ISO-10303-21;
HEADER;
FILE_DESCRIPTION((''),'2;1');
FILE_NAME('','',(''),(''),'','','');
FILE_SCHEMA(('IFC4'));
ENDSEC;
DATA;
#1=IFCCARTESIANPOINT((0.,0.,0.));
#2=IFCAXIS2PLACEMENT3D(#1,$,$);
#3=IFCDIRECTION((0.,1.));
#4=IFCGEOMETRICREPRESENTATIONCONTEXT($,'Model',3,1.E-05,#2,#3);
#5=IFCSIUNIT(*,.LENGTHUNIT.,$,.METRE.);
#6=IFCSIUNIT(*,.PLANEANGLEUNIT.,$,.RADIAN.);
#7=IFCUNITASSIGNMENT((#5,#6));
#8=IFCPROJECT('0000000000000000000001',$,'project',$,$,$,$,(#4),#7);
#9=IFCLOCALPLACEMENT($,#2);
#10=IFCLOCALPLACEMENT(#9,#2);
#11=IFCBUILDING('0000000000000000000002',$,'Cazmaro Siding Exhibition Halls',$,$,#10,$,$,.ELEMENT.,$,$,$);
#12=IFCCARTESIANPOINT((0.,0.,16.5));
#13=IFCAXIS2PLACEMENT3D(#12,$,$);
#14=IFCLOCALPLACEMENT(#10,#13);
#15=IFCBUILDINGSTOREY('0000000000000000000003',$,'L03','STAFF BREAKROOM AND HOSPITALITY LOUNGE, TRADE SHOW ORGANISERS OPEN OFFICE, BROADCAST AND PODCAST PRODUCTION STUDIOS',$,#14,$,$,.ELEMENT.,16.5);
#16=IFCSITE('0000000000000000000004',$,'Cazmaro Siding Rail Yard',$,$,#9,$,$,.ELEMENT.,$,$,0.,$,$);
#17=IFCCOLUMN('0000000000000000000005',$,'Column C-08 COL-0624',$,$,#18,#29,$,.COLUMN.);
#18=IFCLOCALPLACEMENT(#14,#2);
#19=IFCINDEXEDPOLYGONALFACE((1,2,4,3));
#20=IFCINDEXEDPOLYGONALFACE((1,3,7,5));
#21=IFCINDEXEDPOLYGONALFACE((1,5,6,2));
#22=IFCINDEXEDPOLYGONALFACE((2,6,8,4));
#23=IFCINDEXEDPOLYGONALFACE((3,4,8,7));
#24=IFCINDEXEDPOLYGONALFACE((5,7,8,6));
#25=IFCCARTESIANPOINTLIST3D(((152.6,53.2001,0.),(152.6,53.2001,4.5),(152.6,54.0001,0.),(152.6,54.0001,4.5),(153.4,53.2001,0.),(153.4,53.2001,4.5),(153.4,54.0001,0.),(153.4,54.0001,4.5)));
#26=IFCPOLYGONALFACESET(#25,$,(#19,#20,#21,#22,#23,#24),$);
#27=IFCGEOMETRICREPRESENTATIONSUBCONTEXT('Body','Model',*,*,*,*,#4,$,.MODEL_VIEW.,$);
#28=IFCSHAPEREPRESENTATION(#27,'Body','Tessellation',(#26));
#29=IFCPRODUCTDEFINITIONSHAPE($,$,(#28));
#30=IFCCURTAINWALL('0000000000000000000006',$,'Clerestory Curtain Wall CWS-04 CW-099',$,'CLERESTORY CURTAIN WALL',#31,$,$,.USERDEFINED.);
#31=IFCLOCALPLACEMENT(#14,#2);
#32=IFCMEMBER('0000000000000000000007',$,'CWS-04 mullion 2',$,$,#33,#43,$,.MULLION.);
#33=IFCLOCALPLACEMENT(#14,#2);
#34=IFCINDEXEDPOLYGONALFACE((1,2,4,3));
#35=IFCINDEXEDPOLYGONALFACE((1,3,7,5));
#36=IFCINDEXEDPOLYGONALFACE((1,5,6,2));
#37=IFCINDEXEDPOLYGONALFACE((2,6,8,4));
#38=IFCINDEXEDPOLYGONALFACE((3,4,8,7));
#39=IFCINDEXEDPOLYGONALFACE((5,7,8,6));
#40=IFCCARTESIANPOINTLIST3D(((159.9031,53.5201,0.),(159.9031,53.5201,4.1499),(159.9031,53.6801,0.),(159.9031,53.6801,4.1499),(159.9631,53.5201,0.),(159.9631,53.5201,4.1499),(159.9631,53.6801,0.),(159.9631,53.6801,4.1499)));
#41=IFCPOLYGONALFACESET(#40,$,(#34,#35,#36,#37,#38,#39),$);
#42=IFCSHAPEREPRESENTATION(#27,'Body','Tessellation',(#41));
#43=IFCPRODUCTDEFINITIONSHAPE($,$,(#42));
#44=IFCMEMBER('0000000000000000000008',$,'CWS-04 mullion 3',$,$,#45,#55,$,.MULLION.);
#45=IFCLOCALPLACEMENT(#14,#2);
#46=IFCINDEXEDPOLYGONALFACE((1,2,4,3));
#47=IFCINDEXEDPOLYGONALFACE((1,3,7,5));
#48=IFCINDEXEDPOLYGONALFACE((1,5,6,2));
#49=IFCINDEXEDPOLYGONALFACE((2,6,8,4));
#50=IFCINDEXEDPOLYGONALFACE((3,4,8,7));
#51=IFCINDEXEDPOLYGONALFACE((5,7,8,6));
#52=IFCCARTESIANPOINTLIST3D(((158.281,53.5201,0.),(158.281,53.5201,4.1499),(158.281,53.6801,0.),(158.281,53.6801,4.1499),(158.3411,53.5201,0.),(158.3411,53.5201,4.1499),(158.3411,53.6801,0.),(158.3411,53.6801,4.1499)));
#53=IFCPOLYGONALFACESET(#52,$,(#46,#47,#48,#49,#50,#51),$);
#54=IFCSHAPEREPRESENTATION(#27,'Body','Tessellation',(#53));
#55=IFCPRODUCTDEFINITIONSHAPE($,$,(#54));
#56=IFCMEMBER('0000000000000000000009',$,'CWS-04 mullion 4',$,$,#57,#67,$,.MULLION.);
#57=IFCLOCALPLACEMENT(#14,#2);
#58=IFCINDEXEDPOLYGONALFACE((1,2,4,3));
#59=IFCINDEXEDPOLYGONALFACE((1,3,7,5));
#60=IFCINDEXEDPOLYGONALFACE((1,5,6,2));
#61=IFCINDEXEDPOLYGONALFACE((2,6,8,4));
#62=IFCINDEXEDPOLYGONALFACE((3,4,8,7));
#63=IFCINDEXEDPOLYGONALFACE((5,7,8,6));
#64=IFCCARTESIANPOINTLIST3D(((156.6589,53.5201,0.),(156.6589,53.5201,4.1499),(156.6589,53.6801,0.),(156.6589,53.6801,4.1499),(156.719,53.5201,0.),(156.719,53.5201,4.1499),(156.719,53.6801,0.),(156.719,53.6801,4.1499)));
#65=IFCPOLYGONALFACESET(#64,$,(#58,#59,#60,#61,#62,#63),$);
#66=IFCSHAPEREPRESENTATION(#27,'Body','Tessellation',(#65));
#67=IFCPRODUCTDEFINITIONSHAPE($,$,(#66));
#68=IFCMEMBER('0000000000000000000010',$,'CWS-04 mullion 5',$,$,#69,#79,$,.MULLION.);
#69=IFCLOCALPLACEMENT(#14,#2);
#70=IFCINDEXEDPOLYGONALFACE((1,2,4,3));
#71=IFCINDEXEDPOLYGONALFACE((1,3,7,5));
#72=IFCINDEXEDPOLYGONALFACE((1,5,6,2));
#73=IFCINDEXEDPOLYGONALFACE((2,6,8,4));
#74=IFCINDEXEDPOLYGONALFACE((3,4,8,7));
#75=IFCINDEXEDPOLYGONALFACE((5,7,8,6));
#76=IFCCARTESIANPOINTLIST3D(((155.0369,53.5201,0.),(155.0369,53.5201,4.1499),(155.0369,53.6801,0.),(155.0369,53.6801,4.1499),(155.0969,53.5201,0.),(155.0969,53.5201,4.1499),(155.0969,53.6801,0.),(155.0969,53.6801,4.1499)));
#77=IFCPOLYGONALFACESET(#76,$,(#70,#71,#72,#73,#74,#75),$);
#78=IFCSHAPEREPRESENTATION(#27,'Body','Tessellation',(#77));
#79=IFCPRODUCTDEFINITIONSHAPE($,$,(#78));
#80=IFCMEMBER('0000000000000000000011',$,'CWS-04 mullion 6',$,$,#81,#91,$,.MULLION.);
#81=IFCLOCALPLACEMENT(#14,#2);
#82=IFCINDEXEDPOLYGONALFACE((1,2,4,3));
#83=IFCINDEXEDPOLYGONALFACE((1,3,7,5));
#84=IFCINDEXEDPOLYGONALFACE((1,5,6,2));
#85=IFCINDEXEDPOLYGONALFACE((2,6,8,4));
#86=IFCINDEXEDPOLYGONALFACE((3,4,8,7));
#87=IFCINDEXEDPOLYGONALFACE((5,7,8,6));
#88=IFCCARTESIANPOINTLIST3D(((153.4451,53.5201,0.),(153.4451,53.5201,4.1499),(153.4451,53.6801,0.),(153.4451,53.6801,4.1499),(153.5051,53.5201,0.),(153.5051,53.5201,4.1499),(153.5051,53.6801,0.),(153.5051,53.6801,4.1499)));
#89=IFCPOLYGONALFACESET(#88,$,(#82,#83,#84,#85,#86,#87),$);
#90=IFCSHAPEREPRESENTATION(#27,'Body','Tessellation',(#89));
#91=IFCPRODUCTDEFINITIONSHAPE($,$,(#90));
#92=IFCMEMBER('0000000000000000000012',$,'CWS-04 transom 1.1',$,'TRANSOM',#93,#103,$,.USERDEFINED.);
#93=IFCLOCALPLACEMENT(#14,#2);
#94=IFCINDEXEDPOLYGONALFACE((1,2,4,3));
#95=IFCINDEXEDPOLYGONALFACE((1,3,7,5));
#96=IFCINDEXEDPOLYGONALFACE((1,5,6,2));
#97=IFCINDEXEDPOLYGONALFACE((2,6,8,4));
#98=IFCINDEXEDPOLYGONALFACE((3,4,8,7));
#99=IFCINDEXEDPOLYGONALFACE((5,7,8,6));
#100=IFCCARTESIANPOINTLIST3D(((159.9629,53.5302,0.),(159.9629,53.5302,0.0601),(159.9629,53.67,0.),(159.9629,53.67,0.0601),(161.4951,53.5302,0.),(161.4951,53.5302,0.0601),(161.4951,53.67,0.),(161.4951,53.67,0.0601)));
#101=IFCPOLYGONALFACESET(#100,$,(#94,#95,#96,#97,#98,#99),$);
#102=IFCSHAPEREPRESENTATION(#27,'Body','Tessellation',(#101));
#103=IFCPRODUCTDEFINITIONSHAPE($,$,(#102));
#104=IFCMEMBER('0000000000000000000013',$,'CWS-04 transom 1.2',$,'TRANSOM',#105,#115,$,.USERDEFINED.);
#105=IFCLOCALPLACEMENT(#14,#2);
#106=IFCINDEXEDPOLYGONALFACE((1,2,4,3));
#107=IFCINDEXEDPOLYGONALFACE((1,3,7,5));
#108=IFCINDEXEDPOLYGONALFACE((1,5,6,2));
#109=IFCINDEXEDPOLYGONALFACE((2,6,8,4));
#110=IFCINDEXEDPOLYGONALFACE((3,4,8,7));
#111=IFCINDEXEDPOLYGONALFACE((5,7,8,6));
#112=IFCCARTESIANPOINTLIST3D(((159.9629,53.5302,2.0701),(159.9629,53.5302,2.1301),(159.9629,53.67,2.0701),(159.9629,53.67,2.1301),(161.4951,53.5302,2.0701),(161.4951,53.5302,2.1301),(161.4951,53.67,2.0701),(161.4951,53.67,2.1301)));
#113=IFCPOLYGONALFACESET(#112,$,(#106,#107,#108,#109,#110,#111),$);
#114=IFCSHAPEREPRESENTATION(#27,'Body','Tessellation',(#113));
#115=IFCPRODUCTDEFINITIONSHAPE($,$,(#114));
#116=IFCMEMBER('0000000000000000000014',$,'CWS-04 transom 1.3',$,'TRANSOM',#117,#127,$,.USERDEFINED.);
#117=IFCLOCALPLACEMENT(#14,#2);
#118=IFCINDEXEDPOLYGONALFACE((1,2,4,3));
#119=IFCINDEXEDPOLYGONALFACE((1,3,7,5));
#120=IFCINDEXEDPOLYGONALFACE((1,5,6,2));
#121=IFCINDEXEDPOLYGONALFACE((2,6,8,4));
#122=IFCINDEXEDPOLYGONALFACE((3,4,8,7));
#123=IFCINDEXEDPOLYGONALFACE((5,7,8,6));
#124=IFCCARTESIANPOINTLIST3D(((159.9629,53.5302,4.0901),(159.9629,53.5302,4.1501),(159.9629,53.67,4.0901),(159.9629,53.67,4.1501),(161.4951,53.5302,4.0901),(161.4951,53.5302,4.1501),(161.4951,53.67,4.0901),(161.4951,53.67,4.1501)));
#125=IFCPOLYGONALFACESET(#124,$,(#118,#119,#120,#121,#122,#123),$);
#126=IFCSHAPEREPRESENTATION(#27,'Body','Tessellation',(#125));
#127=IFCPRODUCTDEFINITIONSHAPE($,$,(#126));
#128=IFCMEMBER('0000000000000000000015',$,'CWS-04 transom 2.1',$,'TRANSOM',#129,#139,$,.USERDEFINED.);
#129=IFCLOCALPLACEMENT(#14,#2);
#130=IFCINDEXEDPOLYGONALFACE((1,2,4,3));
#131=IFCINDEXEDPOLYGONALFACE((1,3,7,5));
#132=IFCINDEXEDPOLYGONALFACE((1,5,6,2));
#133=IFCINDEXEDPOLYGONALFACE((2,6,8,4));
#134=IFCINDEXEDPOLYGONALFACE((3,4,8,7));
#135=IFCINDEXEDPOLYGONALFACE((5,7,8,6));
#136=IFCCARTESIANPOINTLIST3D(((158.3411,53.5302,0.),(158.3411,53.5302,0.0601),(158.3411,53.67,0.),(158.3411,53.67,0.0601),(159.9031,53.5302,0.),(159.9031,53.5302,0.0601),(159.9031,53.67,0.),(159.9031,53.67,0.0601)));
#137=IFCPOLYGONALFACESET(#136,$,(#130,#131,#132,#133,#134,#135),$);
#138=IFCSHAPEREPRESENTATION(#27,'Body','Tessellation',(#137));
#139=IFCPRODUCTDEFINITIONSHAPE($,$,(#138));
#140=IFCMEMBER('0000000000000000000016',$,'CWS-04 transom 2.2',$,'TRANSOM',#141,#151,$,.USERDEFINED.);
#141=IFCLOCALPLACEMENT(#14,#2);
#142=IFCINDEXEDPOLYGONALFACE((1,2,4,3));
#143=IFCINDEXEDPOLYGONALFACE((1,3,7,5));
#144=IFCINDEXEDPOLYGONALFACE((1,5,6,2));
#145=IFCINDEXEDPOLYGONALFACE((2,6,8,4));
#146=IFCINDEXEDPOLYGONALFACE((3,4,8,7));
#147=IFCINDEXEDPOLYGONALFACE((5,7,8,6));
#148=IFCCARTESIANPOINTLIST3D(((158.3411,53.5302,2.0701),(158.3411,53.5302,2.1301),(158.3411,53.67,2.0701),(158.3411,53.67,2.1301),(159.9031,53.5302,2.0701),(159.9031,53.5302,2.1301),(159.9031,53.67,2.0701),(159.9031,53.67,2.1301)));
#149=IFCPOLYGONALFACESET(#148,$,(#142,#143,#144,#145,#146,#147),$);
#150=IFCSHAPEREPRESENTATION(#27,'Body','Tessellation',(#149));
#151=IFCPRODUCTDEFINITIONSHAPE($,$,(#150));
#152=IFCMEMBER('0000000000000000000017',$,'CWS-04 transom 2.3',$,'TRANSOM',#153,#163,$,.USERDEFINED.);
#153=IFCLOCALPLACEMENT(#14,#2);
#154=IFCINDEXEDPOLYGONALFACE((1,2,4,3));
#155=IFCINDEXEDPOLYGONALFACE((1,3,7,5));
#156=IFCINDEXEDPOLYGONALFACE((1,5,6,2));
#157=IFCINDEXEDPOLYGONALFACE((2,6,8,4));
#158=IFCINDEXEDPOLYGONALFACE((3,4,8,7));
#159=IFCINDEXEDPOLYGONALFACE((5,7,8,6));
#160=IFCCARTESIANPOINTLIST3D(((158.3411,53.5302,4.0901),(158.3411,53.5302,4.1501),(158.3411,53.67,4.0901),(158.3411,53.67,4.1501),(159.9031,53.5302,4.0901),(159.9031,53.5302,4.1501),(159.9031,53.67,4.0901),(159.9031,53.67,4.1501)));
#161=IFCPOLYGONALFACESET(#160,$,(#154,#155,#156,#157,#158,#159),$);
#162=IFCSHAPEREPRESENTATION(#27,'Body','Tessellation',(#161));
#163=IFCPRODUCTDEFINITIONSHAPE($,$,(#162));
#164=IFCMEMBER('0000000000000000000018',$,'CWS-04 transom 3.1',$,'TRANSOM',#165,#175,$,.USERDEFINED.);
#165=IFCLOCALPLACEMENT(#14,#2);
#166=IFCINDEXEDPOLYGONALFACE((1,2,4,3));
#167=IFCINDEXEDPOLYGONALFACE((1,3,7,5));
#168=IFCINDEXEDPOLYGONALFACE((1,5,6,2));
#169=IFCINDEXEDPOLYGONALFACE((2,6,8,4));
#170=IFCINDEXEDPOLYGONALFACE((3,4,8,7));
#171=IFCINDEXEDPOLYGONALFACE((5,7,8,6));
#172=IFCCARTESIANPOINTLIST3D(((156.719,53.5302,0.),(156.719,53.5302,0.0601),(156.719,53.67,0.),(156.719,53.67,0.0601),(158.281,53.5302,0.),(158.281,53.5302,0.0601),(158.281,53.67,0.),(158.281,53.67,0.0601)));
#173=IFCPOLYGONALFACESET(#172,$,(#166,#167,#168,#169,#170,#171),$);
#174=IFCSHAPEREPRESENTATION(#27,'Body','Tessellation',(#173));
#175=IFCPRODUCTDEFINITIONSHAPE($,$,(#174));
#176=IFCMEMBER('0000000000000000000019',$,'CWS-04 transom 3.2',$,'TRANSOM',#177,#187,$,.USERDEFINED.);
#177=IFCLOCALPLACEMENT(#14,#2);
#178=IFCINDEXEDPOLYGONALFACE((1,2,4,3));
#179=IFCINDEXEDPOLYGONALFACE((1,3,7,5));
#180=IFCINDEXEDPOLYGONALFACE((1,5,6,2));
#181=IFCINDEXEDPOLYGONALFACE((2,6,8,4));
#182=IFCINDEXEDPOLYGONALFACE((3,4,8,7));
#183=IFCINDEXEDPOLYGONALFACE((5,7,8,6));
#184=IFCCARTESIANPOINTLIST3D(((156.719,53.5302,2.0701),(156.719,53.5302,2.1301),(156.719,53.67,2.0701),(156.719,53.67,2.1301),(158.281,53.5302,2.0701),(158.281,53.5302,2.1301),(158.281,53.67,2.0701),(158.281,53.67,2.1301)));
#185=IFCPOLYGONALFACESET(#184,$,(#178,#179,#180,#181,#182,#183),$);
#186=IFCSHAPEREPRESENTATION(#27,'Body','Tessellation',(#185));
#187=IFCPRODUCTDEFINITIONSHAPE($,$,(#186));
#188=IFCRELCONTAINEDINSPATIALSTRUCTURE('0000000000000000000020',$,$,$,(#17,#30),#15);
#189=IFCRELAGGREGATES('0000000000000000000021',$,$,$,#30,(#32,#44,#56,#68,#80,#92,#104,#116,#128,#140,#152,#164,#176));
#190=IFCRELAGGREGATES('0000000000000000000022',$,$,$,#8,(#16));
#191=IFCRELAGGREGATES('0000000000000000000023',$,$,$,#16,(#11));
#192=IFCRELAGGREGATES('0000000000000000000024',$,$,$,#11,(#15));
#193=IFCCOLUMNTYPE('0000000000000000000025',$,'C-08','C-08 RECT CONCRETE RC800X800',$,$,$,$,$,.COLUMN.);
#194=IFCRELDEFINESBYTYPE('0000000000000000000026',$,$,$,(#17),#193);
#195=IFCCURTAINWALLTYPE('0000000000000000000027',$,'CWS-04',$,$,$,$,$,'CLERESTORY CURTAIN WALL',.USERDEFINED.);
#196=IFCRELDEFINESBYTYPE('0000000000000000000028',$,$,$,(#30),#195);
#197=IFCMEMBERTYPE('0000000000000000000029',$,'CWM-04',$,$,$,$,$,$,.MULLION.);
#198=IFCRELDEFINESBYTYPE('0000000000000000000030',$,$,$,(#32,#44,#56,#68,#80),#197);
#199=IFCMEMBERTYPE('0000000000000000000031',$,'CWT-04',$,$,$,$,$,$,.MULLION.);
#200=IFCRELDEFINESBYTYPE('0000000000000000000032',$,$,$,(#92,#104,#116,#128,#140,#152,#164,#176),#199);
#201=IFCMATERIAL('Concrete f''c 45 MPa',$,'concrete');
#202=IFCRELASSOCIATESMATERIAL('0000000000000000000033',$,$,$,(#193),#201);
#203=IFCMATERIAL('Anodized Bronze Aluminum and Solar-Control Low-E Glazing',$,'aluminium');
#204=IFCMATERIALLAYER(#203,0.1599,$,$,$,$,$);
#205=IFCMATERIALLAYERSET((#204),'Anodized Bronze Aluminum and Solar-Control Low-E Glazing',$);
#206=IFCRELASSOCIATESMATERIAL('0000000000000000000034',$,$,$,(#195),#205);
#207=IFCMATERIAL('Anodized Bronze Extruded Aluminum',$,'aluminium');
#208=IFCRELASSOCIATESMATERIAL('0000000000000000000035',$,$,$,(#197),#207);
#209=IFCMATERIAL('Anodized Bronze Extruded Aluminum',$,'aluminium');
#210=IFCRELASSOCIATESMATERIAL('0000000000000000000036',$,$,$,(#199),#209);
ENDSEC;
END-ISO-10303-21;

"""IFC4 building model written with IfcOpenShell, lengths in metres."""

from ifc_helpers import new_model, si_unit, direction, frame, origin, origin_2d, place, context, subcontext, project, spatial, rectangle, extrude, material, layer, layer_set, material_profile, profile_set, type_object, element, aggregate, save


model = new_model("IFC4")

# Units and contexts
model_context = context("Model", 3, precision=1e-05, world=origin(), true_north=direction((0.0, 1.0)))
body_context = subcontext(model_context, "Body", "Model", "MODEL_VIEW")
ifc_project = project(units=[si_unit("LENGTHUNIT", "METRE"), si_unit("PLANEANGLEUNIT", "RADIAN")], contexts=[model_context])

# Site, building, storey
site_placement = place(None, origin())
site = spatial("IfcSite", under=ifc_project, at=site_placement, Name="Cazmaro Siding Rail Yard", CompositionType="ELEMENT", RefElevation=0.0)
building_placement = place(site_placement, origin())
building = spatial("IfcBuilding", under=site, at=building_placement, Name="Cazmaro Siding Exhibition Halls", CompositionType="ELEMENT")
storey_placement = place(building_placement, frame((0.0, 0.0, 16.5)))
storey = spatial("IfcBuildingStorey", under=building, at=storey_placement, Name="L03", Description="STAFF BREAKROOM AND HOSPITALITY LOUNGE, TRADE SHOW ORGANISERS OPEN OFFICE, BROADCAST AND PODCAST PRODUCTION STUDIOS", CompositionType="ELEMENT", Elevation=16.5)

# Column
ifc_material_1 = material(Name="Concrete f'c 45 MPa", Category="concrete")
ifc_material_profile_1 = material_profile(ifc_material_1, rectangle(XDim=0.8, YDim=0.8, at=origin_2d()), Name="RC800X800")
ifc_profile_set_1 = profile_set([ifc_material_profile_1], Name="Concrete f'c 45 MPa")
column_type = type_object("IfcColumnType", Name="C-08", Description="C-08 RECT CONCRETE RC800X800", PredefinedType="COLUMN", material=ifc_profile_set_1)
column_placement = place(storey_placement, frame((153.0, 53.6001, 0.0), z_axis=(0.0, 0.0, 1.0), x_axis=(1.0, 0.0, 0.0)))
element("IfcColumn", 1, at=column_placement, inside=storey, type_object=column_type, Name="Column C-08 COL-0624", PredefinedType="COLUMN", context=body_context, shape_type="SweptSolid", body=[
    extrude(rectangle(XDim=0.8, YDim=0.8, at=origin_2d()), origin(), (0.0, 0.0, 1.0), 4.5),
])

# Curtain wall, members
ifc_material_2 = material(Name="Anodized Bronze Aluminum and Solar-Control Low-E Glazing", Category="aluminium")
ifc_layer_1 = layer(ifc_material_2, 0.1599)
ifc_layer_set_1 = layer_set([ifc_layer_1], Name="Anodized Bronze Aluminum and Solar-Control Low-E Glazing")
curtain_wall_type = type_object("IfcCurtainWallType", Name="CWS-04", ElementType="CLERESTORY CURTAIN WALL", PredefinedType="USERDEFINED", material=ifc_layer_set_1)
curtain_wall_placement = place(storey_placement, origin())
curtain_wall = element("IfcCurtainWall", 2, at=curtain_wall_placement, inside=storey, type_object=curtain_wall_type, Name="Clerestory Curtain Wall CWS-04 CW-099", ObjectType="CLERESTORY CURTAIN WALL", PredefinedType="USERDEFINED")
ifc_material_3 = material(Name="Anodized Bronze Extruded Aluminum", Category="aluminium")
ifc_material_profile_2 = material_profile(ifc_material_3, rectangle(XDim=0.1599, YDim=0.0601, at=origin_2d()), Name="CWM-04")
ifc_profile_set_2 = profile_set([ifc_material_profile_2], Name="Anodized Bronze Extruded Aluminum")
member_type_1 = type_object("IfcMemberType", Name="CWM-04", PredefinedType="MULLION", material=ifc_profile_set_2)
member_1_placement = place(storey_placement, frame((159.9331, 53.6001, 0.0), z_axis=(0.0, 0.0, 1.0), x_axis=(0.0, -1.0, 0.0)))
member_1 = element("IfcMember", 3, at=member_1_placement, type_object=member_type_1, Name="CWS-04 mullion 2", PredefinedType="MULLION", context=body_context, shape_type="SweptSolid", body=[
    extrude(rectangle(XDim=0.1599, YDim=0.0601, at=origin_2d()), origin(), (0.0, 0.0, 1.0), 4.1499),
])
member_2_placement = place(storey_placement, frame((158.311, 53.6001, 0.0), z_axis=(0.0, 0.0, 1.0), x_axis=(0.0, -1.0, 0.0)))
member_2 = element("IfcMember", 4, at=member_2_placement, type_object=member_type_1, Name="CWS-04 mullion 3", PredefinedType="MULLION", context=body_context, shape_type="SweptSolid", body=[
    extrude(rectangle(XDim=0.1599, YDim=0.0601, at=origin_2d()), origin(), (0.0, 0.0, 1.0), 4.1499),
])
member_3_placement = place(storey_placement, frame((156.689, 53.6001, 0.0), z_axis=(0.0, 0.0, 1.0), x_axis=(0.0, -1.0, 0.0)))
member_3 = element("IfcMember", 5, at=member_3_placement, type_object=member_type_1, Name="CWS-04 mullion 4", PredefinedType="MULLION", context=body_context, shape_type="SweptSolid", body=[
    extrude(rectangle(XDim=0.1599, YDim=0.0601, at=origin_2d()), origin(), (0.0, 0.0, 1.0), 4.1499),
])
member_4_placement = place(storey_placement, frame((155.0669, 53.6001, 0.0), z_axis=(0.0, 0.0, 1.0), x_axis=(0.0, -1.0, 0.0)))
member_4 = element("IfcMember", 6, at=member_4_placement, type_object=member_type_1, Name="CWS-04 mullion 5", PredefinedType="MULLION", context=body_context, shape_type="SweptSolid", body=[
    extrude(rectangle(XDim=0.1599, YDim=0.0601, at=origin_2d()), origin(), (0.0, 0.0, 1.0), 4.1499),
])
member_5_placement = place(storey_placement, frame((153.4751, 53.6001, 0.0), z_axis=(0.0, 0.0, 1.0), x_axis=(0.0, -1.0, 0.0)))
member_5 = element("IfcMember", 7, at=member_5_placement, type_object=member_type_1, Name="CWS-04 mullion 6", PredefinedType="MULLION", context=body_context, shape_type="SweptSolid", body=[
    extrude(rectangle(XDim=0.1599, YDim=0.0601, at=origin_2d()), origin(), (0.0, 0.0, 1.0), 4.1499),
])
ifc_material_4 = material(Name="Anodized Bronze Extruded Aluminum", Category="aluminium")
ifc_material_profile_3 = material_profile(ifc_material_4, rectangle(XDim=0.1399, YDim=0.0601, at=origin_2d()), Name="CWT-04")
ifc_profile_set_3 = profile_set([ifc_material_profile_3], Name="Anodized Bronze Extruded Aluminum")
member_type_2 = type_object("IfcMemberType", Name="CWT-04", PredefinedType="MULLION", material=ifc_profile_set_3)
member_6_placement = place(storey_placement, frame((161.4951, 53.6001, 0.03), z_axis=(-1.0, 0.0, 0.0), x_axis=(0.0, -1.0, 0.0)))
member_6 = element("IfcMember", 8, at=member_6_placement, type_object=member_type_2, Name="CWS-04 transom 1.1", ObjectType="TRANSOM", PredefinedType="USERDEFINED", context=body_context, shape_type="SweptSolid", body=[
    extrude(rectangle(XDim=0.1399, YDim=0.0601, at=origin_2d()), origin(), (0.0, 0.0, 1.0), 1.5322),
])
member_7_placement = place(storey_placement, frame((161.4951, 53.6001, 2.1001), z_axis=(-1.0, 0.0, 0.0), x_axis=(0.0, -1.0, 0.0)))
member_7 = element("IfcMember", 9, at=member_7_placement, type_object=member_type_2, Name="CWS-04 transom 1.2", ObjectType="TRANSOM", PredefinedType="USERDEFINED", context=body_context, shape_type="SweptSolid", body=[
    extrude(rectangle(XDim=0.1399, YDim=0.0601, at=origin_2d()), origin(), (0.0, 0.0, 1.0), 1.5322),
])
member_8_placement = place(storey_placement, frame((161.4951, 53.6001, 4.1201), z_axis=(-1.0, 0.0, 0.0), x_axis=(0.0, -1.0, 0.0)))
member_8 = element("IfcMember", 10, at=member_8_placement, type_object=member_type_2, Name="CWS-04 transom 1.3", ObjectType="TRANSOM", PredefinedType="USERDEFINED", context=body_context, shape_type="SweptSolid", body=[
    extrude(rectangle(XDim=0.1399, YDim=0.0601, at=origin_2d()), origin(), (0.0, 0.0, 1.0), 1.5322),
])
member_9_placement = place(storey_placement, frame((159.9031, 53.6001, 0.03), z_axis=(-1.0, 0.0, 0.0), x_axis=(0.0, -1.0, 0.0)))
member_9 = element("IfcMember", 11, at=member_9_placement, type_object=member_type_2, Name="CWS-04 transom 2.1", ObjectType="TRANSOM", PredefinedType="USERDEFINED", context=body_context, shape_type="SweptSolid", body=[
    extrude(rectangle(XDim=0.1399, YDim=0.0601, at=origin_2d()), origin(), (0.0, 0.0, 1.0), 1.562),
])
member_10_placement = place(storey_placement, frame((159.9031, 53.6001, 2.1001), z_axis=(-1.0, 0.0, 0.0), x_axis=(0.0, -1.0, 0.0)))
member_10 = element("IfcMember", 12, at=member_10_placement, type_object=member_type_2, Name="CWS-04 transom 2.2", ObjectType="TRANSOM", PredefinedType="USERDEFINED", context=body_context, shape_type="SweptSolid", body=[
    extrude(rectangle(XDim=0.1399, YDim=0.0601, at=origin_2d()), origin(), (0.0, 0.0, 1.0), 1.562),
])
member_11_placement = place(storey_placement, frame((159.9031, 53.6001, 4.1201), z_axis=(-1.0, 0.0, 0.0), x_axis=(0.0, -1.0, 0.0)))
member_11 = element("IfcMember", 13, at=member_11_placement, type_object=member_type_2, Name="CWS-04 transom 2.3", ObjectType="TRANSOM", PredefinedType="USERDEFINED", context=body_context, shape_type="SweptSolid", body=[
    extrude(rectangle(XDim=0.1399, YDim=0.0601, at=origin_2d()), origin(), (0.0, 0.0, 1.0), 1.562),
])
member_12_placement = place(storey_placement, frame((158.281, 53.6001, 0.03), z_axis=(-1.0, 0.0, 0.0), x_axis=(0.0, -1.0, 0.0)))
member_12 = element("IfcMember", 14, at=member_12_placement, type_object=member_type_2, Name="CWS-04 transom 3.1", ObjectType="TRANSOM", PredefinedType="USERDEFINED", context=body_context, shape_type="SweptSolid", body=[
    extrude(rectangle(XDim=0.1399, YDim=0.0601, at=origin_2d()), origin(), (0.0, 0.0, 1.0), 1.562),
])
member_13_placement = place(storey_placement, frame((158.281, 53.6001, 2.1001), z_axis=(-1.0, 0.0, 0.0), x_axis=(0.0, -1.0, 0.0)))
member_13 = element("IfcMember", 15, at=member_13_placement, type_object=member_type_2, Name="CWS-04 transom 3.2", ObjectType="TRANSOM", PredefinedType="USERDEFINED", context=body_context, shape_type="SweptSolid", body=[
    extrude(rectangle(XDim=0.1399, YDim=0.0601, at=origin_2d()), origin(), (0.0, 0.0, 1.0), 1.562),
])

aggregate(curtain_wall, [member_1, member_2, member_3, member_4, member_5, member_6, member_7, member_8, member_9, member_10, member_11, member_12, member_13])

save(model, "model.ifc")
